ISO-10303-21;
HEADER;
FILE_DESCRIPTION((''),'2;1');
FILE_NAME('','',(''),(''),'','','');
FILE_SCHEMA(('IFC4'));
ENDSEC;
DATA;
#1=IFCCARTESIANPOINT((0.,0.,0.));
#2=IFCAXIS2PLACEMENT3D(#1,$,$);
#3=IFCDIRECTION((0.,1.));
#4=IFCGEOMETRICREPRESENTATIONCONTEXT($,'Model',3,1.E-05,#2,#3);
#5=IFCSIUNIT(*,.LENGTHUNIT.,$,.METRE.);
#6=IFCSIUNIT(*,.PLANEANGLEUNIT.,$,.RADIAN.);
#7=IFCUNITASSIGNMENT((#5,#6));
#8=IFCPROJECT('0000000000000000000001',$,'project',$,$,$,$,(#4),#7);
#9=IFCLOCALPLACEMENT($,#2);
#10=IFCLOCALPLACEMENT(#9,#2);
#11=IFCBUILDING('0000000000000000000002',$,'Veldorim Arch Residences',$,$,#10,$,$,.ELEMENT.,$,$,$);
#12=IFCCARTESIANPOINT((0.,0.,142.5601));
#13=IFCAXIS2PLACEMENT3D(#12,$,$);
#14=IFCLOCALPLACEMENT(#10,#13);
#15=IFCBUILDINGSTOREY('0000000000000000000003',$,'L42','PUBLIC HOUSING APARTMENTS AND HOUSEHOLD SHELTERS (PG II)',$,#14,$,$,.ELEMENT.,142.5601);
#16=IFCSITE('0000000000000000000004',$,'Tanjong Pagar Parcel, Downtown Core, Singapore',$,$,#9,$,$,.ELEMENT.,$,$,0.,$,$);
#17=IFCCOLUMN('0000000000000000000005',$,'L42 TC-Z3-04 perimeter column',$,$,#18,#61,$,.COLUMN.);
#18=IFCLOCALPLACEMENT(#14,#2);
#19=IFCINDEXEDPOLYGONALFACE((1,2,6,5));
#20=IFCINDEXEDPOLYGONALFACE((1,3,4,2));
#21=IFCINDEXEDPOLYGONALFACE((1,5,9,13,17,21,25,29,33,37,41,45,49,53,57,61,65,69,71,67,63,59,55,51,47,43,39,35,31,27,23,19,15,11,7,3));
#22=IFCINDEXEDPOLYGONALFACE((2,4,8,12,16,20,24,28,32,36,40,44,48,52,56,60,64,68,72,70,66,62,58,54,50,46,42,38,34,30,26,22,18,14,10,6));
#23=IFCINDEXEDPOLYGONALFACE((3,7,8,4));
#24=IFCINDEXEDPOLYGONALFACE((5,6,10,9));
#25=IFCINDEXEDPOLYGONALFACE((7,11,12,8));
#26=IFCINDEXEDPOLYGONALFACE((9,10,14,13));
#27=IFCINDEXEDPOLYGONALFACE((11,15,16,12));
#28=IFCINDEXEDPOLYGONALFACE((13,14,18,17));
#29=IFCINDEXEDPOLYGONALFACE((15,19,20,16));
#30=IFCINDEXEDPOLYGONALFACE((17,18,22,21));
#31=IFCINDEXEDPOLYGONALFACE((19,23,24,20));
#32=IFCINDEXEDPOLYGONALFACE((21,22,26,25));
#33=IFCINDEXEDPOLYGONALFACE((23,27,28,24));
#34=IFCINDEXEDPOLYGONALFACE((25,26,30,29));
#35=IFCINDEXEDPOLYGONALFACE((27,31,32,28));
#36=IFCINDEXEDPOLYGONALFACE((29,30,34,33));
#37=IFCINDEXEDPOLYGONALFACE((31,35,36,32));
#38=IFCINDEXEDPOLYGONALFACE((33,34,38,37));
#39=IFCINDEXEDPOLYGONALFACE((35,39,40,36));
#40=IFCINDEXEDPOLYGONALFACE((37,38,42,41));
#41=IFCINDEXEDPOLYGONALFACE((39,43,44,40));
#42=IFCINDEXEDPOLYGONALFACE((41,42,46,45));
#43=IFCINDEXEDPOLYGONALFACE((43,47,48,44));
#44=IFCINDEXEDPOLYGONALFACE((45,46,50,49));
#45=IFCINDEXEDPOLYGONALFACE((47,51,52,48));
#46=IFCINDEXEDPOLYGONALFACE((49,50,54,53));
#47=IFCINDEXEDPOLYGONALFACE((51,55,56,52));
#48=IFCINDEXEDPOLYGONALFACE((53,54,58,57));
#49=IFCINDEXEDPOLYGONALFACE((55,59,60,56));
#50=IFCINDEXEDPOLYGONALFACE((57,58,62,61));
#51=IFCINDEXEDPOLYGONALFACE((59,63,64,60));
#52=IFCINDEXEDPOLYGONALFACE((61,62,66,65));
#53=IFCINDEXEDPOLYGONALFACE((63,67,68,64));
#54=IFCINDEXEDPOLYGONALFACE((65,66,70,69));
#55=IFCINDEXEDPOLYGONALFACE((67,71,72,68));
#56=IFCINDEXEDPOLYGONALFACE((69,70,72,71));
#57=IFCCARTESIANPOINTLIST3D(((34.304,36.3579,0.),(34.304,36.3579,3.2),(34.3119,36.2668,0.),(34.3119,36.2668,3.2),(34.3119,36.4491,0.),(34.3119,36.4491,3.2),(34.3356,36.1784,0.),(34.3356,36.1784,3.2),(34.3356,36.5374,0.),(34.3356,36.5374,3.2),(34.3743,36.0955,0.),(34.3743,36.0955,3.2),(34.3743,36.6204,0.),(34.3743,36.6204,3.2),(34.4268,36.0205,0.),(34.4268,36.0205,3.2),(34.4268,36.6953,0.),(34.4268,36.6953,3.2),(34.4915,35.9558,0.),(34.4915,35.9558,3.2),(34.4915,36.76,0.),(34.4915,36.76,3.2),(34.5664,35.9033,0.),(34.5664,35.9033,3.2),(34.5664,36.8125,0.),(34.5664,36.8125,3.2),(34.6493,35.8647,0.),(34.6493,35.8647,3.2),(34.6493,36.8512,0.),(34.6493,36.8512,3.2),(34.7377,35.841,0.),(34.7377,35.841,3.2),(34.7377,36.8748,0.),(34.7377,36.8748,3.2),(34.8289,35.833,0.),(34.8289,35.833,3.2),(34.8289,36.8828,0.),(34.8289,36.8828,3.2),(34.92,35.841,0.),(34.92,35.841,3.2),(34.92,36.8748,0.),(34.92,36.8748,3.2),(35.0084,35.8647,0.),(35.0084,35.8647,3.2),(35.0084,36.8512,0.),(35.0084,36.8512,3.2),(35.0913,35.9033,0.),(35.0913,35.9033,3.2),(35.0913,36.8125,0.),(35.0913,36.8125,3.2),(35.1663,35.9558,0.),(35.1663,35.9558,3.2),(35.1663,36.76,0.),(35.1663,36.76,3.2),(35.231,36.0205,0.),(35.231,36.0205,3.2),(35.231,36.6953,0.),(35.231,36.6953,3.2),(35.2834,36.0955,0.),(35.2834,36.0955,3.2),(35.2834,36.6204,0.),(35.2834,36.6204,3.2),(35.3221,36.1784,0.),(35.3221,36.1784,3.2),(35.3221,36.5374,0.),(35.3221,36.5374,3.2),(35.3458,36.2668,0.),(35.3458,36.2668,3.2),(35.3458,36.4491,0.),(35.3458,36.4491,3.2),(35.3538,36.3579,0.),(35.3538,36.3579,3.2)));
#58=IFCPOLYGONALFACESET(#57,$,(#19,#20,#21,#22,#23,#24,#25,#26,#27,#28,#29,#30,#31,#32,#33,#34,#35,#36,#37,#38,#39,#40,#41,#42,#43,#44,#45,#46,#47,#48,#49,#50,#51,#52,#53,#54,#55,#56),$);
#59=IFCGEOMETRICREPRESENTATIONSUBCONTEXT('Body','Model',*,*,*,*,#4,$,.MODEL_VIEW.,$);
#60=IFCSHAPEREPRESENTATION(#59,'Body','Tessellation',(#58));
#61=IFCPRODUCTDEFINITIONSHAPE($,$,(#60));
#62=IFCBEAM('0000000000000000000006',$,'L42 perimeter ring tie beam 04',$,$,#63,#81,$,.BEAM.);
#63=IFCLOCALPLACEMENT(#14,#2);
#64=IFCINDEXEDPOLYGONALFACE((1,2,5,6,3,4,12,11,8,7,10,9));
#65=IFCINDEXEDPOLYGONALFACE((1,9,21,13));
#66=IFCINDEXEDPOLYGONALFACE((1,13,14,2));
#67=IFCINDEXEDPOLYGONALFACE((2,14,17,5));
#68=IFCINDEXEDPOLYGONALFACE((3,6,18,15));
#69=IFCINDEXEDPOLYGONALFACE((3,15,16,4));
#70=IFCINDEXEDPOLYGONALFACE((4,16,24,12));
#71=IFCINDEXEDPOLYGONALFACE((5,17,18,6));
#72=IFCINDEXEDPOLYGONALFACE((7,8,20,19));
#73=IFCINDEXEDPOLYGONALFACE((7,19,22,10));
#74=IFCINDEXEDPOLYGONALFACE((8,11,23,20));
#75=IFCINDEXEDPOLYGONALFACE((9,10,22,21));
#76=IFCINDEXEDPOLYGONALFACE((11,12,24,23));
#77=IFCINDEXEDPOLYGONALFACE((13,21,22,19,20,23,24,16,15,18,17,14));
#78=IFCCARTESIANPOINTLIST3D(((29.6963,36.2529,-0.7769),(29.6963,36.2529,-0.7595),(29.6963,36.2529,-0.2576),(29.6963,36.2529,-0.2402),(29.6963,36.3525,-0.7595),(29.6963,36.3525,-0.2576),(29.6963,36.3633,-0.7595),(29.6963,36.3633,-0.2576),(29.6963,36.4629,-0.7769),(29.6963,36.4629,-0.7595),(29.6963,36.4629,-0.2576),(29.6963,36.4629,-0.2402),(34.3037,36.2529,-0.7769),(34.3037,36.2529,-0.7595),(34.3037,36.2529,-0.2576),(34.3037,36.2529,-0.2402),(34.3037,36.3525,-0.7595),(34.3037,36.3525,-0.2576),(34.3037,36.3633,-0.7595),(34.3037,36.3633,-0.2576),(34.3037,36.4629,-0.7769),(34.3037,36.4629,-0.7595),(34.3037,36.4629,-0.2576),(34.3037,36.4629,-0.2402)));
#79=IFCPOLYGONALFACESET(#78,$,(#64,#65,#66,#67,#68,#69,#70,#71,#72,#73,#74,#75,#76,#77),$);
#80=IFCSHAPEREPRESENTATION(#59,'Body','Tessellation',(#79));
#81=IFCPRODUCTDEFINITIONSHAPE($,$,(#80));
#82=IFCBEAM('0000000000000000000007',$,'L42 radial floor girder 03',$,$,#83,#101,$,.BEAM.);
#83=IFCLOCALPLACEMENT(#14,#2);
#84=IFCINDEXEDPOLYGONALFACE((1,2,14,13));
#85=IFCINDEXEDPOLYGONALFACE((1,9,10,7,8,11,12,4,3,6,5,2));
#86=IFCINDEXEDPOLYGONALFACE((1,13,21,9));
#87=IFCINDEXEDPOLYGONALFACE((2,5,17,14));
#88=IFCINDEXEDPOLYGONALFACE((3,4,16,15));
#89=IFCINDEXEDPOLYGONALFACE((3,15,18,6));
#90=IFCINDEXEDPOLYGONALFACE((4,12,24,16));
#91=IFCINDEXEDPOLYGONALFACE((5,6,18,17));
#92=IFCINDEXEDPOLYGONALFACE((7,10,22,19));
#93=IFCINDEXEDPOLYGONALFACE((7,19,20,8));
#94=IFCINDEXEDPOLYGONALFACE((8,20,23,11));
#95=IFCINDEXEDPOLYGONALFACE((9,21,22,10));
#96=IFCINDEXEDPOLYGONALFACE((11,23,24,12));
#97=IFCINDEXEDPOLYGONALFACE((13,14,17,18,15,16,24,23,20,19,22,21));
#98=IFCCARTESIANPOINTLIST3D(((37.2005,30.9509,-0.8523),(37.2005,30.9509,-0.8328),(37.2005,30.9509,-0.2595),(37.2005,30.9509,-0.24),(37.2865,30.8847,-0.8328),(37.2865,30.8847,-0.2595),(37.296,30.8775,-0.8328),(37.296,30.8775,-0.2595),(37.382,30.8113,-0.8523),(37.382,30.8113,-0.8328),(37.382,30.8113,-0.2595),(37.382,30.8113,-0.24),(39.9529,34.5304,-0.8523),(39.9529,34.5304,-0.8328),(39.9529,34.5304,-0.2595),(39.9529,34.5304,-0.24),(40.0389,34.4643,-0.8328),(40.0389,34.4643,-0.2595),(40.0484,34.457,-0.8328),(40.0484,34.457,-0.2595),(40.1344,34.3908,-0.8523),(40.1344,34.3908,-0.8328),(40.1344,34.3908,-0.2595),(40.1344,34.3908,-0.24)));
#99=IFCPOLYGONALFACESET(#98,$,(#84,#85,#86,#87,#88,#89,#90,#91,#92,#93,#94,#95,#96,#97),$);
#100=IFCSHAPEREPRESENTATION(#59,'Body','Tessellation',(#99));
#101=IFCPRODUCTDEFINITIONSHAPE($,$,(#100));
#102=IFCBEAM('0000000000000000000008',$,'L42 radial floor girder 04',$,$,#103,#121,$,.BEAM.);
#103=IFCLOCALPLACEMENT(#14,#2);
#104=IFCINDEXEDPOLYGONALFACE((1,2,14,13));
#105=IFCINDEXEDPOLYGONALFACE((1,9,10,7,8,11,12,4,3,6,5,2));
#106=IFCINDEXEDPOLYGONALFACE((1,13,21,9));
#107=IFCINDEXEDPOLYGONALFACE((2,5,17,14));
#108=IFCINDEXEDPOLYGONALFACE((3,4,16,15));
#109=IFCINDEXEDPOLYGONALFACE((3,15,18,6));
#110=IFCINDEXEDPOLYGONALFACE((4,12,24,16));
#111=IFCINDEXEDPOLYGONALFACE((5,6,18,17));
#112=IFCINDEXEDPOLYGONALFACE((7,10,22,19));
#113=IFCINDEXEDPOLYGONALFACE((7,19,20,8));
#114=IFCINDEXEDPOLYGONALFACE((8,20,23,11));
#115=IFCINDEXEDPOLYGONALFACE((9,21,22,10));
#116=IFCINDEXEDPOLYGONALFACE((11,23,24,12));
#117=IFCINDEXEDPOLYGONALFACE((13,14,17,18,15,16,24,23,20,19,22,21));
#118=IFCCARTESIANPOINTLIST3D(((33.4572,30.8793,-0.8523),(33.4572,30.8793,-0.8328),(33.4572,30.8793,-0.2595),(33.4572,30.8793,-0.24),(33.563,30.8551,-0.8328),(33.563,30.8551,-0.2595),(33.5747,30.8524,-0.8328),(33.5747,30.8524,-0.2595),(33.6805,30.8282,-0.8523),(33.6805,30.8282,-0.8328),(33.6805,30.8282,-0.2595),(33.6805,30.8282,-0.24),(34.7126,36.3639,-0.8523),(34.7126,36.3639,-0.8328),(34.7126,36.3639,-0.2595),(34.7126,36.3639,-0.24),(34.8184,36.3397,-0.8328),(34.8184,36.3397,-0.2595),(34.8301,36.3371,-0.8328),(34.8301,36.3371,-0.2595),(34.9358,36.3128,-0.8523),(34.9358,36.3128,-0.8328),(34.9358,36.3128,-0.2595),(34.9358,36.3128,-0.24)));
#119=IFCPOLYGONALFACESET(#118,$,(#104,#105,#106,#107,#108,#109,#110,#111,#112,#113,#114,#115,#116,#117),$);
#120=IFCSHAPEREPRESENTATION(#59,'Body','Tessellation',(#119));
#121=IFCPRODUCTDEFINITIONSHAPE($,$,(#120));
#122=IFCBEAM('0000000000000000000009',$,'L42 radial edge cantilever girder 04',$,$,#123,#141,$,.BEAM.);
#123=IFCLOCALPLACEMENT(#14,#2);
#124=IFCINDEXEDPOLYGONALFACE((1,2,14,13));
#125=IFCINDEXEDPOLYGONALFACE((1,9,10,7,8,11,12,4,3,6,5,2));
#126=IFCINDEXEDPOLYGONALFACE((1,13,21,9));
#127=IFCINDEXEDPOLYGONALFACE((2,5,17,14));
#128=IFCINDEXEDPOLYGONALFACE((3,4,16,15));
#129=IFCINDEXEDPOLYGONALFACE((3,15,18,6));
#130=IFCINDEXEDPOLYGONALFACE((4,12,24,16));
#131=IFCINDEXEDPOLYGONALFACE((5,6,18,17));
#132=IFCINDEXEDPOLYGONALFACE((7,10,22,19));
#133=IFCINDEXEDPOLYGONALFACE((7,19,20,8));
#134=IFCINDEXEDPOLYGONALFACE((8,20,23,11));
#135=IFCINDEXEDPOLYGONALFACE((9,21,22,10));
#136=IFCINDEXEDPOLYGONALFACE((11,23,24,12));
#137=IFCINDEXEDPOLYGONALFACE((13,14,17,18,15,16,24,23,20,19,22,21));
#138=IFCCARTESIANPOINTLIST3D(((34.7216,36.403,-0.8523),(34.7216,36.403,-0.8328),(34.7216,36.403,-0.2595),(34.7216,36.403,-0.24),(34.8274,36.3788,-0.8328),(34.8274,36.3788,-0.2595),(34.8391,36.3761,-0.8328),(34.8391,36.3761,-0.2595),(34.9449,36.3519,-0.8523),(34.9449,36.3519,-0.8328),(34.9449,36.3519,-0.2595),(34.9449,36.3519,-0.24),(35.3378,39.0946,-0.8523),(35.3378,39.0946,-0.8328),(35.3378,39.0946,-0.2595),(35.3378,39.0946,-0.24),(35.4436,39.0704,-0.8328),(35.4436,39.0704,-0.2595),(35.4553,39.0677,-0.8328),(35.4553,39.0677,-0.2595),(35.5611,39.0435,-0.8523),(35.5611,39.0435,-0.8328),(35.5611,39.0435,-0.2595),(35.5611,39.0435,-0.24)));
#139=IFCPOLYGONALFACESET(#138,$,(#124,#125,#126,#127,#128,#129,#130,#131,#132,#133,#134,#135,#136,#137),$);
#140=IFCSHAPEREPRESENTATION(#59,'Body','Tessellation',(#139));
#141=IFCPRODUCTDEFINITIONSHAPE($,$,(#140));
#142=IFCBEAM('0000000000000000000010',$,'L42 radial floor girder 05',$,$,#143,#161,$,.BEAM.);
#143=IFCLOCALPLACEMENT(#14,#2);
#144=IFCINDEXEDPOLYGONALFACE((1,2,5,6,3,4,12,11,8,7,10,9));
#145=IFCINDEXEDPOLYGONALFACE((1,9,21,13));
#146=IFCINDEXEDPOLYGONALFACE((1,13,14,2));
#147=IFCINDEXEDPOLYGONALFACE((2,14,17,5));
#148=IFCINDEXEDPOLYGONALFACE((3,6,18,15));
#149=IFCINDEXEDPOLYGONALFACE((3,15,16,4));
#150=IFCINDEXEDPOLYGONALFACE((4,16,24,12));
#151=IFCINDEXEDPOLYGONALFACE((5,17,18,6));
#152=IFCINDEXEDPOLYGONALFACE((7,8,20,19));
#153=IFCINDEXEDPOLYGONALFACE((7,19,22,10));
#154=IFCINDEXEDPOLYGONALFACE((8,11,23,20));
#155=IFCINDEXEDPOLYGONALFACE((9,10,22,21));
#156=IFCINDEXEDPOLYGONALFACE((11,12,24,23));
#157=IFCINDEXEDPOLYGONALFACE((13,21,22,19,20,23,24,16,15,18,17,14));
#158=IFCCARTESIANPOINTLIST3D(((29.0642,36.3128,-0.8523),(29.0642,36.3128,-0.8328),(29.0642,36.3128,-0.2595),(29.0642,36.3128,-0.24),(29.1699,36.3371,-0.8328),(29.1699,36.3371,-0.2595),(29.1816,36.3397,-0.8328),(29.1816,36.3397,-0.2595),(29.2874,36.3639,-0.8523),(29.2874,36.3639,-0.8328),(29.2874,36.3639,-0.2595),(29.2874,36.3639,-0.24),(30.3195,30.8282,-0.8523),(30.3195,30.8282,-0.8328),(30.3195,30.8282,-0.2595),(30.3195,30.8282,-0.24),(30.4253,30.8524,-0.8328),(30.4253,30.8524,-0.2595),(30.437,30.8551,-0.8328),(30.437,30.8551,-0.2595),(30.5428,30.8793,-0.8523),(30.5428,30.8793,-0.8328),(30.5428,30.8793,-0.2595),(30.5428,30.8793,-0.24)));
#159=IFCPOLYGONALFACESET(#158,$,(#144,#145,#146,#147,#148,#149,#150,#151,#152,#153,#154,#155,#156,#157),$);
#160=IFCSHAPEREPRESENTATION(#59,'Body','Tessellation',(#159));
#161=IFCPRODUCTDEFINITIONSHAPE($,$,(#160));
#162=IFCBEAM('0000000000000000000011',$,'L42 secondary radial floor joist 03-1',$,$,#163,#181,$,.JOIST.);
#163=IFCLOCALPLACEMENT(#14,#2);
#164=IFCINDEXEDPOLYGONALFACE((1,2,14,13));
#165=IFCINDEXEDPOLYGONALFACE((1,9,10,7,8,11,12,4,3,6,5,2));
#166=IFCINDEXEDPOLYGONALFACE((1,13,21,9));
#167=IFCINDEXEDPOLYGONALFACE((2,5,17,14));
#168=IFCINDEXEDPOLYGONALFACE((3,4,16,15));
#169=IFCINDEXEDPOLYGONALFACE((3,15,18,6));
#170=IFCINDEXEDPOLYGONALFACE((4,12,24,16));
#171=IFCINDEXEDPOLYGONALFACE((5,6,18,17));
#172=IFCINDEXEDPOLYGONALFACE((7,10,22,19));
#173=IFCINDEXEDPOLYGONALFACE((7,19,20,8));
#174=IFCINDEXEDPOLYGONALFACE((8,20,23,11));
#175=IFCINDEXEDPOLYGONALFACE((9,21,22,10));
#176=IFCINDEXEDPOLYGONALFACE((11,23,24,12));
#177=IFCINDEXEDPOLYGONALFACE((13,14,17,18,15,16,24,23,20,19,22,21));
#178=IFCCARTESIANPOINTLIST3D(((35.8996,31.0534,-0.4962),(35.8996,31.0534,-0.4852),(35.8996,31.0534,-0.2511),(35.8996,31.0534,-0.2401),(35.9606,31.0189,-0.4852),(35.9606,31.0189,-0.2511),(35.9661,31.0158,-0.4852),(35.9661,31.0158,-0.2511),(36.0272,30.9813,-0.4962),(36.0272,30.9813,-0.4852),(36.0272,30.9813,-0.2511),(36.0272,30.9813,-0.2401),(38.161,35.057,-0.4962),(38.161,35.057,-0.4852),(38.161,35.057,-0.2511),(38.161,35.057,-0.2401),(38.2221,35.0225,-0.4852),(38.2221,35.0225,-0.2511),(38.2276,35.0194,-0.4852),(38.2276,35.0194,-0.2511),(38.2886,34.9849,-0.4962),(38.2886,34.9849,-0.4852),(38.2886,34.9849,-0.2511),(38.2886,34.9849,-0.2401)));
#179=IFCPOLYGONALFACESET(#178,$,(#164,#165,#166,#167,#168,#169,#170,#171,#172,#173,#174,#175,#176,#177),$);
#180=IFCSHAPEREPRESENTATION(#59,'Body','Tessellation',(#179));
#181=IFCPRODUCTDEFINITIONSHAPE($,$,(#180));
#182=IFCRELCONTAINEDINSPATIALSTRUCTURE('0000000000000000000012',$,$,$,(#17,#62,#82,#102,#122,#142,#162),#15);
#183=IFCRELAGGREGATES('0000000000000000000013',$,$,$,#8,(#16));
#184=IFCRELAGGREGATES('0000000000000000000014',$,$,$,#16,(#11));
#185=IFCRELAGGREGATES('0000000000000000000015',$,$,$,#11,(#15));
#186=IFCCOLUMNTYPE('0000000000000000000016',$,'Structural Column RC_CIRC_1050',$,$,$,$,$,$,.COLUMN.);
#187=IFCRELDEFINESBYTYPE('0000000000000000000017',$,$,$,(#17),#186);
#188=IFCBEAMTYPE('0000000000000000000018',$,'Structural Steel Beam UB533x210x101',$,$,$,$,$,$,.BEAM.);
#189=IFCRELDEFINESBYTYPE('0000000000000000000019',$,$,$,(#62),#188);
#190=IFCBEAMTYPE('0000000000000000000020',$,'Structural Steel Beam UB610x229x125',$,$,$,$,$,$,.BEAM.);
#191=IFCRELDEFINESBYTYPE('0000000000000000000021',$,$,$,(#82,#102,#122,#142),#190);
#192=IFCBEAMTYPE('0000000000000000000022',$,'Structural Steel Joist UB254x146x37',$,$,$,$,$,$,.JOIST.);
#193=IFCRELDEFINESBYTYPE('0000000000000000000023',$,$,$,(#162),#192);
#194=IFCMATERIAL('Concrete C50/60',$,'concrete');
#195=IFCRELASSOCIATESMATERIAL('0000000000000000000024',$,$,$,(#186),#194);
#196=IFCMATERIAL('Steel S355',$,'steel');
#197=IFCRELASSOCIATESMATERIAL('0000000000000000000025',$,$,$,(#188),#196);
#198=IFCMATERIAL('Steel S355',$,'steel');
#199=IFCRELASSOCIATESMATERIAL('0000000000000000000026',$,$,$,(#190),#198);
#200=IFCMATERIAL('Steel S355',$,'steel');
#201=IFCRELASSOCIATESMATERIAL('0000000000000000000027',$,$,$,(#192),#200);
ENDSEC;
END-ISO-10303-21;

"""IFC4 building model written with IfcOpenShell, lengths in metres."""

from ifc_helpers import new_model, si_unit, direction, frame, origin, origin_2d, place, context, subcontext, project, spatial, circle, i_section, extrude, material, material_profile, profile_set, type_object, element, save


model = new_model("IFC4")

# Units and contexts
model_context = context("Model", 3, precision=1e-05, world=origin(), true_north=direction((0.0, 1.0)))
body_context = subcontext(model_context, "Body", "Model", "MODEL_VIEW")
ifc_project = project(units=[si_unit("LENGTHUNIT", "METRE"), si_unit("PLANEANGLEUNIT", "RADIAN")], contexts=[model_context])

# Site, building, storey
site_placement = place(None, origin())
site = spatial("IfcSite", under=ifc_project, at=site_placement, Name="Tanjong Pagar Parcel, Downtown Core, Singapore", CompositionType="ELEMENT", RefElevation=0.0)
building_placement = place(site_placement, origin())
building = spatial("IfcBuilding", under=site, at=building_placement, Name="Veldorim Arch Residences", CompositionType="ELEMENT")
storey_placement = place(building_placement, frame((0.0, 0.0, 142.5601)))
storey = spatial("IfcBuildingStorey", under=building, at=storey_placement, Name="L42", Description="PUBLIC HOUSING APARTMENTS AND HOUSEHOLD SHELTERS (PG II)", CompositionType="ELEMENT", Elevation=142.5601)

# Column
ifc_material_1 = material(Name="Concrete C50/60", Category="concrete")
ifc_material_profile_1 = material_profile(ifc_material_1, circle(Radius=0.5249, at=origin_2d()), Name="RC_CIRC_1050")
ifc_profile_set_1 = profile_set([ifc_material_profile_1], Name="Concrete C50/60")
column_type = type_object("IfcColumnType", Name="Structural Column RC_CIRC_1050", PredefinedType="COLUMN", material=ifc_profile_set_1)
column_placement = place(storey_placement, frame((34.8289, 36.3579, 0.0), z_axis=(0.0, 0.0, 1.0), x_axis=(1.0, 0.0, 0.0)))
element("IfcColumn", 1, at=column_placement, inside=storey, type_object=column_type, Name="L42 TC-Z3-04 perimeter column", PredefinedType="COLUMN", context=body_context, shape_type="SweptSolid", body=[
    extrude(circle(Radius=0.5249, at=origin_2d()), origin(), (0.0, 0.0, 1.0), 3.2),
])

# Beams
ifc_material_2 = material(Name="Steel S355", Category="steel")
ifc_material_profile_2 = material_profile(ifc_material_2, i_section(OverallWidth=0.21, OverallDepth=0.5366, WebThickness=0.0107, FlangeThickness=0.0173, at=origin_2d()), Name="UB533x210x101")
ifc_profile_set_2 = profile_set([ifc_material_profile_2], Name="Steel S355")
beam_type_1 = type_object("IfcBeamType", Name="Structural Steel Beam UB533x210x101", PredefinedType="BEAM", material=ifc_profile_set_2)
beam_1_placement = place(storey_placement, frame((34.3037, 36.3579, -0.5085), z_axis=(-1.0, 0.0, 0.0), x_axis=(0.0, -1.0, 0.0)))
element("IfcBeam", 2, at=beam_1_placement, inside=storey, type_object=beam_type_1, Name="L42 perimeter ring tie beam 04", PredefinedType="BEAM", context=body_context, shape_type="SweptSolid", body=[
    extrude(i_section(OverallWidth=0.21, OverallDepth=0.5366, WebThickness=0.0107, FlangeThickness=0.0173, at=origin_2d()), origin(), (0.0, 0.0, 1.0), 4.6074),
])
ifc_material_3 = material(Name="Steel S355", Category="steel")
ifc_material_profile_3 = material_profile(ifc_material_3, i_section(OverallWidth=0.229, OverallDepth=0.6123, WebThickness=0.012, FlangeThickness=0.0195, at=origin_2d()), Name="UB610x229x125")
ifc_profile_set_3 = profile_set([ifc_material_profile_3], Name="Steel S355")
beam_type_2 = type_object("IfcBeamType", Name="Structural Steel Beam UB610x229x125", PredefinedType="BEAM", material=ifc_profile_set_3)
beam_2_placement = place(storey_placement, frame((37.2913, 30.8811, -0.5461), z_axis=(0.609559, 0.792741, 0.0), x_axis=(-0.792741, 0.609559, 0.0)))
element("IfcBeam", 3, at=beam_2_placement, inside=storey, type_object=beam_type_2, Name="L42 radial floor girder 03", PredefinedType="BEAM", context=body_context, shape_type="SweptSolid", body=[
    extrude(i_section(OverallWidth=0.229, OverallDepth=0.6123, WebThickness=0.012, FlangeThickness=0.0195, at=origin_2d()), origin(), (0.0, 0.0, 1.0), 4.5154),
])
beam_3_placement = place(storey_placement, frame((33.5688, 30.8538, -0.5461), z_axis=(0.223119, 0.974791, 0.0), x_axis=(-0.974791, 0.223119, 0.0)))
element("IfcBeam", 4, at=beam_3_placement, inside=storey, type_object=beam_type_2, Name="L42 radial floor girder 04", PredefinedType="BEAM", context=body_context, shape_type="SweptSolid", body=[
    extrude(i_section(OverallWidth=0.229, OverallDepth=0.6123, WebThickness=0.012, FlangeThickness=0.0195, at=origin_2d()), origin(), (0.0, 0.0, 1.0), 5.6265),
])
beam_4_placement = place(storey_placement, frame((34.8333, 36.3774, -0.5461), z_axis=(0.223161, 0.974782, 0.0), x_axis=(-0.974782, 0.223161, 0.0)))
element("IfcBeam", 5, at=beam_4_placement, inside=storey, type_object=beam_type_2, Name="L42 radial edge cantilever girder 04", PredefinedType="BEAM", context=body_context, shape_type="SweptSolid", body=[
    extrude(i_section(OverallWidth=0.229, OverallDepth=0.6123, WebThickness=0.012, FlangeThickness=0.0195, at=origin_2d()), origin(), (0.0, 0.0, 1.0), 2.7612),
])
beam_5_placement = place(storey_placement, frame((30.4312, 30.8538, -0.5461), z_axis=(-0.223119, 0.974791, 0.0), x_axis=(-0.974791, -0.223119, 0.0)))
element("IfcBeam", 6, at=beam_5_placement, inside=storey, type_object=beam_type_2, Name="L42 radial floor girder 05", PredefinedType="BEAM", context=body_context, shape_type="SweptSolid", body=[
    extrude(i_section(OverallWidth=0.229, OverallDepth=0.6123, WebThickness=0.012, FlangeThickness=0.0195, at=origin_2d()), origin(), (0.0, 0.0, 1.0), 5.6265),
])
ifc_material_4 = material(Name="Steel S355", Category="steel")
ifc_material_profile_4 = material_profile(ifc_material_4, i_section(OverallWidth=0.1465, OverallDepth=0.2561, WebThickness=0.0063, FlangeThickness=0.011, at=origin_2d()), Name="UB254x146x37")
ifc_profile_set_4 = profile_set([ifc_material_profile_4], Name="Steel S355")
beam_type_3 = type_object("IfcBeamType", Name="Structural Steel Joist UB254x146x37", PredefinedType="JOIST", material=ifc_profile_set_4)
beam_6_placement = place(storey_placement, frame((35.9634, 31.0173, -0.3682), z_axis=(0.491816, 0.870699, 0.0), x_axis=(-0.870699, 0.491816, 0.0)))
element("IfcBeam", 7, at=beam_6_placement, inside=storey, type_object=beam_type_3, Name="L42 secondary radial floor joist 03-1", PredefinedType="JOIST", context=body_context, shape_type="SweptSolid", body=[
    extrude(i_section(OverallWidth=0.1465, OverallDepth=0.2561, WebThickness=0.0063, FlangeThickness=0.011, at=origin_2d()), origin(), (0.0, 0.0, 1.0), 4.5981),
])

save(model, "model.ifc")
